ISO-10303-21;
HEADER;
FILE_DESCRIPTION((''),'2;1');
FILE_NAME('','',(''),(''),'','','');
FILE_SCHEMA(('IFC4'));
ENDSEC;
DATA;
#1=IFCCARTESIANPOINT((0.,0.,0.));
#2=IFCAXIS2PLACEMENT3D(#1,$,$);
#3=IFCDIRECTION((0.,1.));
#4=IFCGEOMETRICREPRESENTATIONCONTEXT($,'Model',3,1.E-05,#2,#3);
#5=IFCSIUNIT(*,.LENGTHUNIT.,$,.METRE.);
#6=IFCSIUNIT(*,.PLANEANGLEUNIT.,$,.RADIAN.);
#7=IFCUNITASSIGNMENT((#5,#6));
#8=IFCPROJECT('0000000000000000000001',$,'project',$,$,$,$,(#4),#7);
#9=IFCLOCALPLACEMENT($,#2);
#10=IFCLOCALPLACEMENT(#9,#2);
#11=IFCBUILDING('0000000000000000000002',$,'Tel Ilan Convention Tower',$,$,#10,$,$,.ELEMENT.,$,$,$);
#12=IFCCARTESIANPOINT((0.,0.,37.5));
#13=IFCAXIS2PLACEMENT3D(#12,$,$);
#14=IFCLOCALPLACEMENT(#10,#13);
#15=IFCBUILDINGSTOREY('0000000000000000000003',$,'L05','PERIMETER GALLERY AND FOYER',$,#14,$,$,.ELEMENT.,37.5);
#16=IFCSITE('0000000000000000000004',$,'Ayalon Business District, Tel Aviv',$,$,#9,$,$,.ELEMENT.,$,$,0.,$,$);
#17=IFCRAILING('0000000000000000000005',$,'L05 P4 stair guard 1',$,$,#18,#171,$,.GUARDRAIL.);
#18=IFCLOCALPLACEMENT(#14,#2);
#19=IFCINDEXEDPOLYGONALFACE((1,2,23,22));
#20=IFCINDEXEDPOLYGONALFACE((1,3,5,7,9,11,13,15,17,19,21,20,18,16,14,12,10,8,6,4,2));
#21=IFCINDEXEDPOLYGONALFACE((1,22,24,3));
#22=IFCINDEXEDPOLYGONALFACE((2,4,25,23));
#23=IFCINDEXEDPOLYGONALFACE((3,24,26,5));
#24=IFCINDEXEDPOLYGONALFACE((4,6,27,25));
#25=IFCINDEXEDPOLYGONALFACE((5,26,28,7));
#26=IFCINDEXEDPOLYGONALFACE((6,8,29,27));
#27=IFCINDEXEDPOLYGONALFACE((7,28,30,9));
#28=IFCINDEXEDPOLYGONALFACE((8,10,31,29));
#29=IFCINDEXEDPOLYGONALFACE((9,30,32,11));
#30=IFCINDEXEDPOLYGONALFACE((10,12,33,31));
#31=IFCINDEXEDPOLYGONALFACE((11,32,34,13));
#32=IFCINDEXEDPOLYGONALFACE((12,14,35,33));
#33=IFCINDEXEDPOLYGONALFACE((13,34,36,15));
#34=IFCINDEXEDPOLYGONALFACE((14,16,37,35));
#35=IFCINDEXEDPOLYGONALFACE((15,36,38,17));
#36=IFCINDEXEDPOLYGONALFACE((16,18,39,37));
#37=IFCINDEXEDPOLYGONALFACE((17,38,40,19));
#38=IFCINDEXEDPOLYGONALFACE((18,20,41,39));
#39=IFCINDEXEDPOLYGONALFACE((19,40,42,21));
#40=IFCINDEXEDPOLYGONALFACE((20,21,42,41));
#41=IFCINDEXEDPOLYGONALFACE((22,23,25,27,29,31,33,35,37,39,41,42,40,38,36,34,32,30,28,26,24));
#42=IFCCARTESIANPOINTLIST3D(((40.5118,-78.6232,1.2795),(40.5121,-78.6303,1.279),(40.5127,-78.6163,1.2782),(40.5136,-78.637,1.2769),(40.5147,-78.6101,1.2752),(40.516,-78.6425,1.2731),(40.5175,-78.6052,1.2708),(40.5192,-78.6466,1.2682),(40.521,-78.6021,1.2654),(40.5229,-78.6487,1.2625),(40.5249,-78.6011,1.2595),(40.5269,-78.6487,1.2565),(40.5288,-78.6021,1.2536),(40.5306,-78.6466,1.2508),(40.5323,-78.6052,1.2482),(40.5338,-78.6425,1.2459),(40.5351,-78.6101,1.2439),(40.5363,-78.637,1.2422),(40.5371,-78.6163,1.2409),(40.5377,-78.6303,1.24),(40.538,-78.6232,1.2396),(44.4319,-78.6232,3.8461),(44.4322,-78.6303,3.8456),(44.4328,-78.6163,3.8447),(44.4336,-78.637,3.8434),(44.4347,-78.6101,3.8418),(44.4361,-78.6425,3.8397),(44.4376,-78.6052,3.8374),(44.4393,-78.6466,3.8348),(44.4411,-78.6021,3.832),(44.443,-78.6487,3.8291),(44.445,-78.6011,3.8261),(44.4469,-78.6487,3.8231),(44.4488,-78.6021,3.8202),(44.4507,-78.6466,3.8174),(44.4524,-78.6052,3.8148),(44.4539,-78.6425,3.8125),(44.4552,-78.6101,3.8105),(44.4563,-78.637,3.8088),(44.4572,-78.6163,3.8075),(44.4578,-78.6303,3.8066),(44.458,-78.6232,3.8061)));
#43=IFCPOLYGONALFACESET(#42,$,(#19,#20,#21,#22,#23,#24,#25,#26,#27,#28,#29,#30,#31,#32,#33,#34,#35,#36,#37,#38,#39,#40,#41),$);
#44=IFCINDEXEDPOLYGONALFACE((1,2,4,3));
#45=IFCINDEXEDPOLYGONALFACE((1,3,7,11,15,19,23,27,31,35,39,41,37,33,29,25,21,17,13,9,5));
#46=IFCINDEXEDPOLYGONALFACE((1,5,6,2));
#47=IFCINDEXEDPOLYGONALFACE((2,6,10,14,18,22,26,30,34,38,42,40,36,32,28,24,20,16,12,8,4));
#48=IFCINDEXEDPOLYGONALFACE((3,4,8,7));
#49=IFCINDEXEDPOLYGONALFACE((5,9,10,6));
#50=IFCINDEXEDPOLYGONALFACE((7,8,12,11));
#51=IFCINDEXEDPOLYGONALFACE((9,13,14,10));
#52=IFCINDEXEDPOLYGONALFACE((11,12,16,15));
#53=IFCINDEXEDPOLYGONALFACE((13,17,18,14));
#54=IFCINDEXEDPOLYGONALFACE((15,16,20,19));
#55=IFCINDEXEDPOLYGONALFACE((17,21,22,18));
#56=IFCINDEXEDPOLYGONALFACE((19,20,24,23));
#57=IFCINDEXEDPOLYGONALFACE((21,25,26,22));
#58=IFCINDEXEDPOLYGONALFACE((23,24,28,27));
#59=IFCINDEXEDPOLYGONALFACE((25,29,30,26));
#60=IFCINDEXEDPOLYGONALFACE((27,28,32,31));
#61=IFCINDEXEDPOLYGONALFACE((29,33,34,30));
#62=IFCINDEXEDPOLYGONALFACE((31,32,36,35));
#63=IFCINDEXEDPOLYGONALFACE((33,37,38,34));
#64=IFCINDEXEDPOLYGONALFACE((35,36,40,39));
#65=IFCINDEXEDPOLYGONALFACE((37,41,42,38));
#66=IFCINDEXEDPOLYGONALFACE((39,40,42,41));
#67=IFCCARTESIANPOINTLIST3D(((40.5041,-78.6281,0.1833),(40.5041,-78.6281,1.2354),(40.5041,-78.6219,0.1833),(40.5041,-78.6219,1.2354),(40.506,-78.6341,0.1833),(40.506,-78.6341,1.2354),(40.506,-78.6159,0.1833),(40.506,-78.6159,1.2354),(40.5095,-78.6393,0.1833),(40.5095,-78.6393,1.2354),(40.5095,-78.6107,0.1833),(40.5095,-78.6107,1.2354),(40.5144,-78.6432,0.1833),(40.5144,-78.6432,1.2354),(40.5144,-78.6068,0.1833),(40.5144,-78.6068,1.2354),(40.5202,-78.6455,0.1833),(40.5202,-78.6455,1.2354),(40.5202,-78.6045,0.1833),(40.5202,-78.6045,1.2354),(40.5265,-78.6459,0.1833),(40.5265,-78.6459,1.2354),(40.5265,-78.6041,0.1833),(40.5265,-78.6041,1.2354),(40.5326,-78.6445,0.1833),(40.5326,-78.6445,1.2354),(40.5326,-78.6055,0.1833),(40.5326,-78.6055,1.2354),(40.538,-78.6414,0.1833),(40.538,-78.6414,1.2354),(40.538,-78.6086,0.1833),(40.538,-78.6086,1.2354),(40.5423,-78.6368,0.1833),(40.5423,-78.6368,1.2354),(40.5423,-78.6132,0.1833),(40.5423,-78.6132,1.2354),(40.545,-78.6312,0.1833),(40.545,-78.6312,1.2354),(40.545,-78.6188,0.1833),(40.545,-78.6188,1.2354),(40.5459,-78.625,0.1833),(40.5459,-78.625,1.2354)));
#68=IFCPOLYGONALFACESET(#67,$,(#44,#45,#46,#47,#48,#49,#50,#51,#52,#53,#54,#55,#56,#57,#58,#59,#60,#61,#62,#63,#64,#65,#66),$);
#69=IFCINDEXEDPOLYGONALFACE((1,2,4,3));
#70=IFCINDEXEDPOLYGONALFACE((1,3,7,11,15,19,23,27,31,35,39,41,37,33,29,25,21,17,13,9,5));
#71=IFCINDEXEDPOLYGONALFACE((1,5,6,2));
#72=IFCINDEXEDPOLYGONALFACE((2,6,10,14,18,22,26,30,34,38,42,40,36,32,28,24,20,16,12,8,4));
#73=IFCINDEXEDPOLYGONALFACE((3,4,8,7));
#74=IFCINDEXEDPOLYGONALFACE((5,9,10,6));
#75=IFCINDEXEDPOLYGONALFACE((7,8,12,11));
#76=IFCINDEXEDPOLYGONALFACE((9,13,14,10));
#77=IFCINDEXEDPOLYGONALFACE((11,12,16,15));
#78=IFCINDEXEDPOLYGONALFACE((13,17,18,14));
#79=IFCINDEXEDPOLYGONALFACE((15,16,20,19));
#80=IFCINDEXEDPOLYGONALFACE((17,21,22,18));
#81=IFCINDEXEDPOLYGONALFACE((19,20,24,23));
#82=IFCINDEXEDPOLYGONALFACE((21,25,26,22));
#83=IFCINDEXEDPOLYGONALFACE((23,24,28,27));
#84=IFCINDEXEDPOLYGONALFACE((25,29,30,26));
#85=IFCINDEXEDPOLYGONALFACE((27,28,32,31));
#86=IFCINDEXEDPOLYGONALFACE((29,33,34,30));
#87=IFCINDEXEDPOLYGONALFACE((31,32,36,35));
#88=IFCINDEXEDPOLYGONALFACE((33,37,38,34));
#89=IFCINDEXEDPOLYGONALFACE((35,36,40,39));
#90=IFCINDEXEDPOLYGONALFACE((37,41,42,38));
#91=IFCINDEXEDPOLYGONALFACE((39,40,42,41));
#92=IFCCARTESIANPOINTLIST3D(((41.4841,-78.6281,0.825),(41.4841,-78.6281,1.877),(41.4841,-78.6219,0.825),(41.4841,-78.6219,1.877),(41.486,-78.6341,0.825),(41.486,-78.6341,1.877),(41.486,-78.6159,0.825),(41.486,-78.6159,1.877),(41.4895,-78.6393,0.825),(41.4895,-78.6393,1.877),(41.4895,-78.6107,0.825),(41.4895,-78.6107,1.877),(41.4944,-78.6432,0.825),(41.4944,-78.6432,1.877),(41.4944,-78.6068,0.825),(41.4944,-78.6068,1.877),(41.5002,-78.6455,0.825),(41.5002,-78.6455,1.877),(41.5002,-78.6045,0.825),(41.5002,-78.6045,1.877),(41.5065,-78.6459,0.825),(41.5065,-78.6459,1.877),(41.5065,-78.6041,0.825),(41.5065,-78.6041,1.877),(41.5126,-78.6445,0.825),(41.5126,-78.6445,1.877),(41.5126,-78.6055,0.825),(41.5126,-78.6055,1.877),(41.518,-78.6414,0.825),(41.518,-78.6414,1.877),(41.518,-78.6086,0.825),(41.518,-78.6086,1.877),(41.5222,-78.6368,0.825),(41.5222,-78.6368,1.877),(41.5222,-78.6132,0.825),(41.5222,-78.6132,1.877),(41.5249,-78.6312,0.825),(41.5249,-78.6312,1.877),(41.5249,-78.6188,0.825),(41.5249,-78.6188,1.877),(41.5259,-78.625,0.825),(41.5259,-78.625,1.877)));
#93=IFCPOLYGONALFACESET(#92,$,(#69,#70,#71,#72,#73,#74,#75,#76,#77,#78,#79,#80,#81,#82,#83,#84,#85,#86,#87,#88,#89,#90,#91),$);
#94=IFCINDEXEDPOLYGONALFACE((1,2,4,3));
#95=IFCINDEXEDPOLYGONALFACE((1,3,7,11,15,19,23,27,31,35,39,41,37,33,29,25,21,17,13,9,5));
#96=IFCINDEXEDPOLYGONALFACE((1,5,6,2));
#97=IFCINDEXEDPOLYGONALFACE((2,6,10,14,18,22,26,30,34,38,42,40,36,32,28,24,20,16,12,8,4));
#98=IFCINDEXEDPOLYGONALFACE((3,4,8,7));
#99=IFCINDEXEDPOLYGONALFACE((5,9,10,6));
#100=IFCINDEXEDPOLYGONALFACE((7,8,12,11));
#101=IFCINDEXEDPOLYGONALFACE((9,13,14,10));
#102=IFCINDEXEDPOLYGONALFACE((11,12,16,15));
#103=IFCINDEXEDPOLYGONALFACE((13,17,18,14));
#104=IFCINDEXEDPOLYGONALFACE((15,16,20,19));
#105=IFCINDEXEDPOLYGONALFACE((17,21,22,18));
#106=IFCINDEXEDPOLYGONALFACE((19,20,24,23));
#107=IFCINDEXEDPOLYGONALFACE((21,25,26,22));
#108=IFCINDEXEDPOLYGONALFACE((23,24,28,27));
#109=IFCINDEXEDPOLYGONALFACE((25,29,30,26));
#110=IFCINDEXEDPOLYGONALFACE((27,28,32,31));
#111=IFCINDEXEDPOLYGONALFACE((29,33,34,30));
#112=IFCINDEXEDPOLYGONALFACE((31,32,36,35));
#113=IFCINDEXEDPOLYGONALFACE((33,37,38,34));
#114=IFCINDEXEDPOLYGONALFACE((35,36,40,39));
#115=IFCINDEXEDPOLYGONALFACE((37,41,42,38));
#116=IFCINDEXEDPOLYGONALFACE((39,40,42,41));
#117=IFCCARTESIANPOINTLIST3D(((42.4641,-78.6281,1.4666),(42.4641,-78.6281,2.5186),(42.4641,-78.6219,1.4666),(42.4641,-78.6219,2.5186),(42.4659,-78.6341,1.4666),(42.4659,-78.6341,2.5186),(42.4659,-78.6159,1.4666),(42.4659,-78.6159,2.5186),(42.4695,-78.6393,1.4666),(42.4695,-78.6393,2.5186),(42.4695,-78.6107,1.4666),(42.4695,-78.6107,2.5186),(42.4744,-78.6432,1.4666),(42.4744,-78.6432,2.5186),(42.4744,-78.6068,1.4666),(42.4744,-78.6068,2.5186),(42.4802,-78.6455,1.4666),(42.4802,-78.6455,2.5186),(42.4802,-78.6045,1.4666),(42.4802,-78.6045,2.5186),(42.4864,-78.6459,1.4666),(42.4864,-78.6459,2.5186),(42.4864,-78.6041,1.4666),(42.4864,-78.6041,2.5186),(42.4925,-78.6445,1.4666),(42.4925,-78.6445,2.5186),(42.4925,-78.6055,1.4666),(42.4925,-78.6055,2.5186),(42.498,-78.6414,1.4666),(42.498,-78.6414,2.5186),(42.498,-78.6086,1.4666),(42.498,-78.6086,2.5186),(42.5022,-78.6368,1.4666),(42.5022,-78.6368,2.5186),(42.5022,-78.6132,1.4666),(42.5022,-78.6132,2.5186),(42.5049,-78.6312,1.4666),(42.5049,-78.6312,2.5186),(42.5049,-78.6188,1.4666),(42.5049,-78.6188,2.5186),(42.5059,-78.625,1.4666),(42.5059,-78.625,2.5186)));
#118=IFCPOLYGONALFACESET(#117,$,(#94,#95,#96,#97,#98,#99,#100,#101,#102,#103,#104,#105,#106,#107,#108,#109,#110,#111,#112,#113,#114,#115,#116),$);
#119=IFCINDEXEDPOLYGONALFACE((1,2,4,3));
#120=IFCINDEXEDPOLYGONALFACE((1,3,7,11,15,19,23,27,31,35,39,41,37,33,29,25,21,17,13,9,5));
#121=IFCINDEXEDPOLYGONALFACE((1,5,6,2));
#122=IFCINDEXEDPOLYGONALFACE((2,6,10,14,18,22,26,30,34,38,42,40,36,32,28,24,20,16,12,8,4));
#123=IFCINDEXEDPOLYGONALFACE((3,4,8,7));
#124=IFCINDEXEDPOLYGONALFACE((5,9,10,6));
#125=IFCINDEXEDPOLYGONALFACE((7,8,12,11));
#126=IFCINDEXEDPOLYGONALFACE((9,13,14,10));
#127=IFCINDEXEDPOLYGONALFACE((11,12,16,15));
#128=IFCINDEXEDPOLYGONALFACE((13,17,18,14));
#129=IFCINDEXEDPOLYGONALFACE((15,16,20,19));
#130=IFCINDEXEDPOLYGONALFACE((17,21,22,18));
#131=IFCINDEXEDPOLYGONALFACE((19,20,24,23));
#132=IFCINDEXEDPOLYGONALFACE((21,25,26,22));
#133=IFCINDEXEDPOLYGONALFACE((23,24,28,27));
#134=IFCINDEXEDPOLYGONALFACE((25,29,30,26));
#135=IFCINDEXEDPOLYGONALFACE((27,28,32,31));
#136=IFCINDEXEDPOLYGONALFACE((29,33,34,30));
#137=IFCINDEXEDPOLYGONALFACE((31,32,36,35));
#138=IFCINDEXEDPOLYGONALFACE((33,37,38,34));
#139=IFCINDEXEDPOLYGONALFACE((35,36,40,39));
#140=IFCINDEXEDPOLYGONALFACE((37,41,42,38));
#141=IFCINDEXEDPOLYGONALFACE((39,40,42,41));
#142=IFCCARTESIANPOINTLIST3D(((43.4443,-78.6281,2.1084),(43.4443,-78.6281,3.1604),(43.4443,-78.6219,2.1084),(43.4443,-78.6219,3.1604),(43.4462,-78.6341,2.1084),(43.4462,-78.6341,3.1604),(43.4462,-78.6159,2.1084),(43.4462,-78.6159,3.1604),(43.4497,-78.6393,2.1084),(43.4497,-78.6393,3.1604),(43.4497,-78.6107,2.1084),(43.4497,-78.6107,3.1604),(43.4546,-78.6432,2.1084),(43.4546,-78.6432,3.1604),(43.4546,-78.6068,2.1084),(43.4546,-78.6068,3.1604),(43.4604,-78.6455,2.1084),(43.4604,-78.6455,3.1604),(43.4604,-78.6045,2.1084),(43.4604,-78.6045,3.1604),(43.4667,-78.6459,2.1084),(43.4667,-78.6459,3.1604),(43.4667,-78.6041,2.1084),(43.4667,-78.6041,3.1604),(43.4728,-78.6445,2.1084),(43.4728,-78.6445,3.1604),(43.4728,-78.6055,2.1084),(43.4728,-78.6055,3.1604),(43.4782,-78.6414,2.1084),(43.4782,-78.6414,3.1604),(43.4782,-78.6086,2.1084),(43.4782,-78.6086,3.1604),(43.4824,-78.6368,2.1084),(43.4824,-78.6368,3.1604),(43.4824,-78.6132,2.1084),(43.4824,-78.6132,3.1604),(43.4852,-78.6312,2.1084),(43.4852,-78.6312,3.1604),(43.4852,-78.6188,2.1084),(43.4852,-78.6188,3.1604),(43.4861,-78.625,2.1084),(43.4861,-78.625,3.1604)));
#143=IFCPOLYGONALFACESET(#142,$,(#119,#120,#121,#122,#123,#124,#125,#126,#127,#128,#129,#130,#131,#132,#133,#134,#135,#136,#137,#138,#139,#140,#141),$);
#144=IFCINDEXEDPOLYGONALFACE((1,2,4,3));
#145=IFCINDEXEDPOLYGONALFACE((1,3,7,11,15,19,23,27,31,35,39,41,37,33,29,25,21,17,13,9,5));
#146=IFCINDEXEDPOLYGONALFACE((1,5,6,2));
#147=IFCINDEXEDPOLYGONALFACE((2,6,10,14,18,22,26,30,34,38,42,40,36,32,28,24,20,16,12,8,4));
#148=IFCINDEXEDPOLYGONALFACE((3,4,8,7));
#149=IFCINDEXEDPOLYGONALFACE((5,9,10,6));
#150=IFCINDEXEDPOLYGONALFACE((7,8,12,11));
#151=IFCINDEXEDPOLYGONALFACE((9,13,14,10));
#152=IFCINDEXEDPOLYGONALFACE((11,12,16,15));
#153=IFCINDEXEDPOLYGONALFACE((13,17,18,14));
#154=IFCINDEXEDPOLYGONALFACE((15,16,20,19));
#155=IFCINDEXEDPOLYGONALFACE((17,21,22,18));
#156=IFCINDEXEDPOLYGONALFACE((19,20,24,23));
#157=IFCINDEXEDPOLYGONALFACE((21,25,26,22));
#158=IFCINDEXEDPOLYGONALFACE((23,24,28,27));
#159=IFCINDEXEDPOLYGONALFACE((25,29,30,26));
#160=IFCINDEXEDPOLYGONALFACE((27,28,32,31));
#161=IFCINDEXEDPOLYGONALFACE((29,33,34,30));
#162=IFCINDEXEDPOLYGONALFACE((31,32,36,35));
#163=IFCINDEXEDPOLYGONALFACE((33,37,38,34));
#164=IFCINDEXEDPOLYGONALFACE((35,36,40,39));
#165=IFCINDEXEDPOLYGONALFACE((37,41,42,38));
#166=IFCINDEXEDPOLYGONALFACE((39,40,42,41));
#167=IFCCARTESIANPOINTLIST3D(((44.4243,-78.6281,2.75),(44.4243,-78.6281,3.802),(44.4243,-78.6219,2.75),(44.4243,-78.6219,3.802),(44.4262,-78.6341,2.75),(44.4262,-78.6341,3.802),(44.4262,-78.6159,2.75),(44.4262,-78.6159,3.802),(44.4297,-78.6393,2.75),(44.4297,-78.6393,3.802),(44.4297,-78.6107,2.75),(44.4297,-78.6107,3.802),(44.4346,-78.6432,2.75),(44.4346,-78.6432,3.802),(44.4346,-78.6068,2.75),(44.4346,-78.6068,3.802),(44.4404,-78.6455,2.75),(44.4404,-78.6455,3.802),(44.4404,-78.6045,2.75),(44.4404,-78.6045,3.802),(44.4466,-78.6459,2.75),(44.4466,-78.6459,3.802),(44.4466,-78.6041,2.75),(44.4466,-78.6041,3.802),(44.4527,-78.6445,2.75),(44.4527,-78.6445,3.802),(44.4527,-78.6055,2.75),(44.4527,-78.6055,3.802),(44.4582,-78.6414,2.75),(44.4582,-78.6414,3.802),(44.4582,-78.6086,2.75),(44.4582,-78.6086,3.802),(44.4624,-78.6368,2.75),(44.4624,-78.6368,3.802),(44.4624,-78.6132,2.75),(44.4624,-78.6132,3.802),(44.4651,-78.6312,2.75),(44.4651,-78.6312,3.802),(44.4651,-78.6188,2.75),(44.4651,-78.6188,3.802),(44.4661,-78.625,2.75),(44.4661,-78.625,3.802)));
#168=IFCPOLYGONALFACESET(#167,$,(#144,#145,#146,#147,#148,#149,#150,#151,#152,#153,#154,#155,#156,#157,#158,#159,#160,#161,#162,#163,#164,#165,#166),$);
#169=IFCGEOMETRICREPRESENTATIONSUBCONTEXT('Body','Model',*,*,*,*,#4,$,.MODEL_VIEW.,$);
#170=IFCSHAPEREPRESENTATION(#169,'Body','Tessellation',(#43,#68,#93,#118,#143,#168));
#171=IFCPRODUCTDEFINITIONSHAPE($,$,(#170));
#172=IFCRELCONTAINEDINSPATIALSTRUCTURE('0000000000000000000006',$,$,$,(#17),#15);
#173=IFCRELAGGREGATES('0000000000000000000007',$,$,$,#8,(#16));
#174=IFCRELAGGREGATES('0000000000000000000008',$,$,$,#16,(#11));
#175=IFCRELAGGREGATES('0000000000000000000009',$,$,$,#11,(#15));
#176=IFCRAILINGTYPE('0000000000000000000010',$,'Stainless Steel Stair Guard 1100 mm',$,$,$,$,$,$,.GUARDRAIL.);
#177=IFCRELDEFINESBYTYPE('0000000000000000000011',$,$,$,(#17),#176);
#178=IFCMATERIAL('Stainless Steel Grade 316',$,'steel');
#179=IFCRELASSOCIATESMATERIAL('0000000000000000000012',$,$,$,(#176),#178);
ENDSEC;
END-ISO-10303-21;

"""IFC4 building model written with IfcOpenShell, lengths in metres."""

from ifc_helpers import new_model, si_unit, direction, frame, origin, origin_2d, place, context, subcontext, project, spatial, circle, extrude, material, type_object, element, save


model = new_model("IFC4")

# Units and contexts
model_context = context("Model", 3, precision=1e-05, world=origin(), true_north=direction((0.0, 1.0)))
body_context = subcontext(model_context, "Body", "Model", "MODEL_VIEW")
ifc_project = project(units=[si_unit("LENGTHUNIT", "METRE"), si_unit("PLANEANGLEUNIT", "RADIAN")], contexts=[model_context])

# Site, building, storey
site_placement = place(None, origin())
site = spatial("IfcSite", under=ifc_project, at=site_placement, Name="Ayalon Business District, Tel Aviv", CompositionType="ELEMENT", RefElevation=0.0)
building_placement = place(site_placement, origin())
building = spatial("IfcBuilding", under=site, at=building_placement, Name="Tel Ilan Convention Tower", CompositionType="ELEMENT")
storey_placement = place(building_placement, frame((0.0, 0.0, 37.5)))
storey = spatial("IfcBuildingStorey", under=building, at=storey_placement, Name="L05", Description="PERIMETER GALLERY AND FOYER", CompositionType="ELEMENT", Elevation=37.5)

# Railing
ifc_material_1 = material(Name="Stainless Steel Grade 316", Category="steel")
railing_type_1 = type_object("IfcRailingType", Name="Stainless Steel Stair Guard 1100 mm", PredefinedType="GUARDRAIL", material=ifc_material_1)
railing_1_placement = place(storey_placement, frame((40.5249, -78.625, 0.1833)))
element("IfcRailing", 1, at=railing_1_placement, inside=storey, type_object=railing_type_1, Name="L05 P4 stair guard 1", PredefinedType="GUARDRAIL", context=body_context, shape_type="SweptSolid", body=[
    extrude(circle(Radius=0.0239, at=origin_2d()), frame((0.0, 0.0, 1.0762), z_axis=(0.836631, 0.0, 0.547767), x_axis=(0.0, 1.0, 0.0)), (0.0, 0.0, 1.0), 4.6855),
    extrude(circle(Radius=0.021, at=origin_2d()), origin(), (0.0, 0.0, 1.0), 1.052),
    extrude(circle(Radius=0.021, at=origin_2d()), frame((0.98, 0.0, 0.6416)), (0.0, 0.0, 1.0), 1.052),
    extrude(circle(Radius=0.021, at=origin_2d()), frame((1.96, 0.0, 1.2832)), (0.0, 0.0, 1.0), 1.052),
    extrude(circle(Radius=0.021, at=origin_2d()), frame((2.9402, 0.0, 1.925)), (0.0, 0.0, 1.0), 1.052),
    extrude(circle(Radius=0.021, at=origin_2d()), frame((3.9202, 0.0, 2.5667)), (0.0, 0.0, 1.0), 1.052),
])

save(model, "model.ifc")
